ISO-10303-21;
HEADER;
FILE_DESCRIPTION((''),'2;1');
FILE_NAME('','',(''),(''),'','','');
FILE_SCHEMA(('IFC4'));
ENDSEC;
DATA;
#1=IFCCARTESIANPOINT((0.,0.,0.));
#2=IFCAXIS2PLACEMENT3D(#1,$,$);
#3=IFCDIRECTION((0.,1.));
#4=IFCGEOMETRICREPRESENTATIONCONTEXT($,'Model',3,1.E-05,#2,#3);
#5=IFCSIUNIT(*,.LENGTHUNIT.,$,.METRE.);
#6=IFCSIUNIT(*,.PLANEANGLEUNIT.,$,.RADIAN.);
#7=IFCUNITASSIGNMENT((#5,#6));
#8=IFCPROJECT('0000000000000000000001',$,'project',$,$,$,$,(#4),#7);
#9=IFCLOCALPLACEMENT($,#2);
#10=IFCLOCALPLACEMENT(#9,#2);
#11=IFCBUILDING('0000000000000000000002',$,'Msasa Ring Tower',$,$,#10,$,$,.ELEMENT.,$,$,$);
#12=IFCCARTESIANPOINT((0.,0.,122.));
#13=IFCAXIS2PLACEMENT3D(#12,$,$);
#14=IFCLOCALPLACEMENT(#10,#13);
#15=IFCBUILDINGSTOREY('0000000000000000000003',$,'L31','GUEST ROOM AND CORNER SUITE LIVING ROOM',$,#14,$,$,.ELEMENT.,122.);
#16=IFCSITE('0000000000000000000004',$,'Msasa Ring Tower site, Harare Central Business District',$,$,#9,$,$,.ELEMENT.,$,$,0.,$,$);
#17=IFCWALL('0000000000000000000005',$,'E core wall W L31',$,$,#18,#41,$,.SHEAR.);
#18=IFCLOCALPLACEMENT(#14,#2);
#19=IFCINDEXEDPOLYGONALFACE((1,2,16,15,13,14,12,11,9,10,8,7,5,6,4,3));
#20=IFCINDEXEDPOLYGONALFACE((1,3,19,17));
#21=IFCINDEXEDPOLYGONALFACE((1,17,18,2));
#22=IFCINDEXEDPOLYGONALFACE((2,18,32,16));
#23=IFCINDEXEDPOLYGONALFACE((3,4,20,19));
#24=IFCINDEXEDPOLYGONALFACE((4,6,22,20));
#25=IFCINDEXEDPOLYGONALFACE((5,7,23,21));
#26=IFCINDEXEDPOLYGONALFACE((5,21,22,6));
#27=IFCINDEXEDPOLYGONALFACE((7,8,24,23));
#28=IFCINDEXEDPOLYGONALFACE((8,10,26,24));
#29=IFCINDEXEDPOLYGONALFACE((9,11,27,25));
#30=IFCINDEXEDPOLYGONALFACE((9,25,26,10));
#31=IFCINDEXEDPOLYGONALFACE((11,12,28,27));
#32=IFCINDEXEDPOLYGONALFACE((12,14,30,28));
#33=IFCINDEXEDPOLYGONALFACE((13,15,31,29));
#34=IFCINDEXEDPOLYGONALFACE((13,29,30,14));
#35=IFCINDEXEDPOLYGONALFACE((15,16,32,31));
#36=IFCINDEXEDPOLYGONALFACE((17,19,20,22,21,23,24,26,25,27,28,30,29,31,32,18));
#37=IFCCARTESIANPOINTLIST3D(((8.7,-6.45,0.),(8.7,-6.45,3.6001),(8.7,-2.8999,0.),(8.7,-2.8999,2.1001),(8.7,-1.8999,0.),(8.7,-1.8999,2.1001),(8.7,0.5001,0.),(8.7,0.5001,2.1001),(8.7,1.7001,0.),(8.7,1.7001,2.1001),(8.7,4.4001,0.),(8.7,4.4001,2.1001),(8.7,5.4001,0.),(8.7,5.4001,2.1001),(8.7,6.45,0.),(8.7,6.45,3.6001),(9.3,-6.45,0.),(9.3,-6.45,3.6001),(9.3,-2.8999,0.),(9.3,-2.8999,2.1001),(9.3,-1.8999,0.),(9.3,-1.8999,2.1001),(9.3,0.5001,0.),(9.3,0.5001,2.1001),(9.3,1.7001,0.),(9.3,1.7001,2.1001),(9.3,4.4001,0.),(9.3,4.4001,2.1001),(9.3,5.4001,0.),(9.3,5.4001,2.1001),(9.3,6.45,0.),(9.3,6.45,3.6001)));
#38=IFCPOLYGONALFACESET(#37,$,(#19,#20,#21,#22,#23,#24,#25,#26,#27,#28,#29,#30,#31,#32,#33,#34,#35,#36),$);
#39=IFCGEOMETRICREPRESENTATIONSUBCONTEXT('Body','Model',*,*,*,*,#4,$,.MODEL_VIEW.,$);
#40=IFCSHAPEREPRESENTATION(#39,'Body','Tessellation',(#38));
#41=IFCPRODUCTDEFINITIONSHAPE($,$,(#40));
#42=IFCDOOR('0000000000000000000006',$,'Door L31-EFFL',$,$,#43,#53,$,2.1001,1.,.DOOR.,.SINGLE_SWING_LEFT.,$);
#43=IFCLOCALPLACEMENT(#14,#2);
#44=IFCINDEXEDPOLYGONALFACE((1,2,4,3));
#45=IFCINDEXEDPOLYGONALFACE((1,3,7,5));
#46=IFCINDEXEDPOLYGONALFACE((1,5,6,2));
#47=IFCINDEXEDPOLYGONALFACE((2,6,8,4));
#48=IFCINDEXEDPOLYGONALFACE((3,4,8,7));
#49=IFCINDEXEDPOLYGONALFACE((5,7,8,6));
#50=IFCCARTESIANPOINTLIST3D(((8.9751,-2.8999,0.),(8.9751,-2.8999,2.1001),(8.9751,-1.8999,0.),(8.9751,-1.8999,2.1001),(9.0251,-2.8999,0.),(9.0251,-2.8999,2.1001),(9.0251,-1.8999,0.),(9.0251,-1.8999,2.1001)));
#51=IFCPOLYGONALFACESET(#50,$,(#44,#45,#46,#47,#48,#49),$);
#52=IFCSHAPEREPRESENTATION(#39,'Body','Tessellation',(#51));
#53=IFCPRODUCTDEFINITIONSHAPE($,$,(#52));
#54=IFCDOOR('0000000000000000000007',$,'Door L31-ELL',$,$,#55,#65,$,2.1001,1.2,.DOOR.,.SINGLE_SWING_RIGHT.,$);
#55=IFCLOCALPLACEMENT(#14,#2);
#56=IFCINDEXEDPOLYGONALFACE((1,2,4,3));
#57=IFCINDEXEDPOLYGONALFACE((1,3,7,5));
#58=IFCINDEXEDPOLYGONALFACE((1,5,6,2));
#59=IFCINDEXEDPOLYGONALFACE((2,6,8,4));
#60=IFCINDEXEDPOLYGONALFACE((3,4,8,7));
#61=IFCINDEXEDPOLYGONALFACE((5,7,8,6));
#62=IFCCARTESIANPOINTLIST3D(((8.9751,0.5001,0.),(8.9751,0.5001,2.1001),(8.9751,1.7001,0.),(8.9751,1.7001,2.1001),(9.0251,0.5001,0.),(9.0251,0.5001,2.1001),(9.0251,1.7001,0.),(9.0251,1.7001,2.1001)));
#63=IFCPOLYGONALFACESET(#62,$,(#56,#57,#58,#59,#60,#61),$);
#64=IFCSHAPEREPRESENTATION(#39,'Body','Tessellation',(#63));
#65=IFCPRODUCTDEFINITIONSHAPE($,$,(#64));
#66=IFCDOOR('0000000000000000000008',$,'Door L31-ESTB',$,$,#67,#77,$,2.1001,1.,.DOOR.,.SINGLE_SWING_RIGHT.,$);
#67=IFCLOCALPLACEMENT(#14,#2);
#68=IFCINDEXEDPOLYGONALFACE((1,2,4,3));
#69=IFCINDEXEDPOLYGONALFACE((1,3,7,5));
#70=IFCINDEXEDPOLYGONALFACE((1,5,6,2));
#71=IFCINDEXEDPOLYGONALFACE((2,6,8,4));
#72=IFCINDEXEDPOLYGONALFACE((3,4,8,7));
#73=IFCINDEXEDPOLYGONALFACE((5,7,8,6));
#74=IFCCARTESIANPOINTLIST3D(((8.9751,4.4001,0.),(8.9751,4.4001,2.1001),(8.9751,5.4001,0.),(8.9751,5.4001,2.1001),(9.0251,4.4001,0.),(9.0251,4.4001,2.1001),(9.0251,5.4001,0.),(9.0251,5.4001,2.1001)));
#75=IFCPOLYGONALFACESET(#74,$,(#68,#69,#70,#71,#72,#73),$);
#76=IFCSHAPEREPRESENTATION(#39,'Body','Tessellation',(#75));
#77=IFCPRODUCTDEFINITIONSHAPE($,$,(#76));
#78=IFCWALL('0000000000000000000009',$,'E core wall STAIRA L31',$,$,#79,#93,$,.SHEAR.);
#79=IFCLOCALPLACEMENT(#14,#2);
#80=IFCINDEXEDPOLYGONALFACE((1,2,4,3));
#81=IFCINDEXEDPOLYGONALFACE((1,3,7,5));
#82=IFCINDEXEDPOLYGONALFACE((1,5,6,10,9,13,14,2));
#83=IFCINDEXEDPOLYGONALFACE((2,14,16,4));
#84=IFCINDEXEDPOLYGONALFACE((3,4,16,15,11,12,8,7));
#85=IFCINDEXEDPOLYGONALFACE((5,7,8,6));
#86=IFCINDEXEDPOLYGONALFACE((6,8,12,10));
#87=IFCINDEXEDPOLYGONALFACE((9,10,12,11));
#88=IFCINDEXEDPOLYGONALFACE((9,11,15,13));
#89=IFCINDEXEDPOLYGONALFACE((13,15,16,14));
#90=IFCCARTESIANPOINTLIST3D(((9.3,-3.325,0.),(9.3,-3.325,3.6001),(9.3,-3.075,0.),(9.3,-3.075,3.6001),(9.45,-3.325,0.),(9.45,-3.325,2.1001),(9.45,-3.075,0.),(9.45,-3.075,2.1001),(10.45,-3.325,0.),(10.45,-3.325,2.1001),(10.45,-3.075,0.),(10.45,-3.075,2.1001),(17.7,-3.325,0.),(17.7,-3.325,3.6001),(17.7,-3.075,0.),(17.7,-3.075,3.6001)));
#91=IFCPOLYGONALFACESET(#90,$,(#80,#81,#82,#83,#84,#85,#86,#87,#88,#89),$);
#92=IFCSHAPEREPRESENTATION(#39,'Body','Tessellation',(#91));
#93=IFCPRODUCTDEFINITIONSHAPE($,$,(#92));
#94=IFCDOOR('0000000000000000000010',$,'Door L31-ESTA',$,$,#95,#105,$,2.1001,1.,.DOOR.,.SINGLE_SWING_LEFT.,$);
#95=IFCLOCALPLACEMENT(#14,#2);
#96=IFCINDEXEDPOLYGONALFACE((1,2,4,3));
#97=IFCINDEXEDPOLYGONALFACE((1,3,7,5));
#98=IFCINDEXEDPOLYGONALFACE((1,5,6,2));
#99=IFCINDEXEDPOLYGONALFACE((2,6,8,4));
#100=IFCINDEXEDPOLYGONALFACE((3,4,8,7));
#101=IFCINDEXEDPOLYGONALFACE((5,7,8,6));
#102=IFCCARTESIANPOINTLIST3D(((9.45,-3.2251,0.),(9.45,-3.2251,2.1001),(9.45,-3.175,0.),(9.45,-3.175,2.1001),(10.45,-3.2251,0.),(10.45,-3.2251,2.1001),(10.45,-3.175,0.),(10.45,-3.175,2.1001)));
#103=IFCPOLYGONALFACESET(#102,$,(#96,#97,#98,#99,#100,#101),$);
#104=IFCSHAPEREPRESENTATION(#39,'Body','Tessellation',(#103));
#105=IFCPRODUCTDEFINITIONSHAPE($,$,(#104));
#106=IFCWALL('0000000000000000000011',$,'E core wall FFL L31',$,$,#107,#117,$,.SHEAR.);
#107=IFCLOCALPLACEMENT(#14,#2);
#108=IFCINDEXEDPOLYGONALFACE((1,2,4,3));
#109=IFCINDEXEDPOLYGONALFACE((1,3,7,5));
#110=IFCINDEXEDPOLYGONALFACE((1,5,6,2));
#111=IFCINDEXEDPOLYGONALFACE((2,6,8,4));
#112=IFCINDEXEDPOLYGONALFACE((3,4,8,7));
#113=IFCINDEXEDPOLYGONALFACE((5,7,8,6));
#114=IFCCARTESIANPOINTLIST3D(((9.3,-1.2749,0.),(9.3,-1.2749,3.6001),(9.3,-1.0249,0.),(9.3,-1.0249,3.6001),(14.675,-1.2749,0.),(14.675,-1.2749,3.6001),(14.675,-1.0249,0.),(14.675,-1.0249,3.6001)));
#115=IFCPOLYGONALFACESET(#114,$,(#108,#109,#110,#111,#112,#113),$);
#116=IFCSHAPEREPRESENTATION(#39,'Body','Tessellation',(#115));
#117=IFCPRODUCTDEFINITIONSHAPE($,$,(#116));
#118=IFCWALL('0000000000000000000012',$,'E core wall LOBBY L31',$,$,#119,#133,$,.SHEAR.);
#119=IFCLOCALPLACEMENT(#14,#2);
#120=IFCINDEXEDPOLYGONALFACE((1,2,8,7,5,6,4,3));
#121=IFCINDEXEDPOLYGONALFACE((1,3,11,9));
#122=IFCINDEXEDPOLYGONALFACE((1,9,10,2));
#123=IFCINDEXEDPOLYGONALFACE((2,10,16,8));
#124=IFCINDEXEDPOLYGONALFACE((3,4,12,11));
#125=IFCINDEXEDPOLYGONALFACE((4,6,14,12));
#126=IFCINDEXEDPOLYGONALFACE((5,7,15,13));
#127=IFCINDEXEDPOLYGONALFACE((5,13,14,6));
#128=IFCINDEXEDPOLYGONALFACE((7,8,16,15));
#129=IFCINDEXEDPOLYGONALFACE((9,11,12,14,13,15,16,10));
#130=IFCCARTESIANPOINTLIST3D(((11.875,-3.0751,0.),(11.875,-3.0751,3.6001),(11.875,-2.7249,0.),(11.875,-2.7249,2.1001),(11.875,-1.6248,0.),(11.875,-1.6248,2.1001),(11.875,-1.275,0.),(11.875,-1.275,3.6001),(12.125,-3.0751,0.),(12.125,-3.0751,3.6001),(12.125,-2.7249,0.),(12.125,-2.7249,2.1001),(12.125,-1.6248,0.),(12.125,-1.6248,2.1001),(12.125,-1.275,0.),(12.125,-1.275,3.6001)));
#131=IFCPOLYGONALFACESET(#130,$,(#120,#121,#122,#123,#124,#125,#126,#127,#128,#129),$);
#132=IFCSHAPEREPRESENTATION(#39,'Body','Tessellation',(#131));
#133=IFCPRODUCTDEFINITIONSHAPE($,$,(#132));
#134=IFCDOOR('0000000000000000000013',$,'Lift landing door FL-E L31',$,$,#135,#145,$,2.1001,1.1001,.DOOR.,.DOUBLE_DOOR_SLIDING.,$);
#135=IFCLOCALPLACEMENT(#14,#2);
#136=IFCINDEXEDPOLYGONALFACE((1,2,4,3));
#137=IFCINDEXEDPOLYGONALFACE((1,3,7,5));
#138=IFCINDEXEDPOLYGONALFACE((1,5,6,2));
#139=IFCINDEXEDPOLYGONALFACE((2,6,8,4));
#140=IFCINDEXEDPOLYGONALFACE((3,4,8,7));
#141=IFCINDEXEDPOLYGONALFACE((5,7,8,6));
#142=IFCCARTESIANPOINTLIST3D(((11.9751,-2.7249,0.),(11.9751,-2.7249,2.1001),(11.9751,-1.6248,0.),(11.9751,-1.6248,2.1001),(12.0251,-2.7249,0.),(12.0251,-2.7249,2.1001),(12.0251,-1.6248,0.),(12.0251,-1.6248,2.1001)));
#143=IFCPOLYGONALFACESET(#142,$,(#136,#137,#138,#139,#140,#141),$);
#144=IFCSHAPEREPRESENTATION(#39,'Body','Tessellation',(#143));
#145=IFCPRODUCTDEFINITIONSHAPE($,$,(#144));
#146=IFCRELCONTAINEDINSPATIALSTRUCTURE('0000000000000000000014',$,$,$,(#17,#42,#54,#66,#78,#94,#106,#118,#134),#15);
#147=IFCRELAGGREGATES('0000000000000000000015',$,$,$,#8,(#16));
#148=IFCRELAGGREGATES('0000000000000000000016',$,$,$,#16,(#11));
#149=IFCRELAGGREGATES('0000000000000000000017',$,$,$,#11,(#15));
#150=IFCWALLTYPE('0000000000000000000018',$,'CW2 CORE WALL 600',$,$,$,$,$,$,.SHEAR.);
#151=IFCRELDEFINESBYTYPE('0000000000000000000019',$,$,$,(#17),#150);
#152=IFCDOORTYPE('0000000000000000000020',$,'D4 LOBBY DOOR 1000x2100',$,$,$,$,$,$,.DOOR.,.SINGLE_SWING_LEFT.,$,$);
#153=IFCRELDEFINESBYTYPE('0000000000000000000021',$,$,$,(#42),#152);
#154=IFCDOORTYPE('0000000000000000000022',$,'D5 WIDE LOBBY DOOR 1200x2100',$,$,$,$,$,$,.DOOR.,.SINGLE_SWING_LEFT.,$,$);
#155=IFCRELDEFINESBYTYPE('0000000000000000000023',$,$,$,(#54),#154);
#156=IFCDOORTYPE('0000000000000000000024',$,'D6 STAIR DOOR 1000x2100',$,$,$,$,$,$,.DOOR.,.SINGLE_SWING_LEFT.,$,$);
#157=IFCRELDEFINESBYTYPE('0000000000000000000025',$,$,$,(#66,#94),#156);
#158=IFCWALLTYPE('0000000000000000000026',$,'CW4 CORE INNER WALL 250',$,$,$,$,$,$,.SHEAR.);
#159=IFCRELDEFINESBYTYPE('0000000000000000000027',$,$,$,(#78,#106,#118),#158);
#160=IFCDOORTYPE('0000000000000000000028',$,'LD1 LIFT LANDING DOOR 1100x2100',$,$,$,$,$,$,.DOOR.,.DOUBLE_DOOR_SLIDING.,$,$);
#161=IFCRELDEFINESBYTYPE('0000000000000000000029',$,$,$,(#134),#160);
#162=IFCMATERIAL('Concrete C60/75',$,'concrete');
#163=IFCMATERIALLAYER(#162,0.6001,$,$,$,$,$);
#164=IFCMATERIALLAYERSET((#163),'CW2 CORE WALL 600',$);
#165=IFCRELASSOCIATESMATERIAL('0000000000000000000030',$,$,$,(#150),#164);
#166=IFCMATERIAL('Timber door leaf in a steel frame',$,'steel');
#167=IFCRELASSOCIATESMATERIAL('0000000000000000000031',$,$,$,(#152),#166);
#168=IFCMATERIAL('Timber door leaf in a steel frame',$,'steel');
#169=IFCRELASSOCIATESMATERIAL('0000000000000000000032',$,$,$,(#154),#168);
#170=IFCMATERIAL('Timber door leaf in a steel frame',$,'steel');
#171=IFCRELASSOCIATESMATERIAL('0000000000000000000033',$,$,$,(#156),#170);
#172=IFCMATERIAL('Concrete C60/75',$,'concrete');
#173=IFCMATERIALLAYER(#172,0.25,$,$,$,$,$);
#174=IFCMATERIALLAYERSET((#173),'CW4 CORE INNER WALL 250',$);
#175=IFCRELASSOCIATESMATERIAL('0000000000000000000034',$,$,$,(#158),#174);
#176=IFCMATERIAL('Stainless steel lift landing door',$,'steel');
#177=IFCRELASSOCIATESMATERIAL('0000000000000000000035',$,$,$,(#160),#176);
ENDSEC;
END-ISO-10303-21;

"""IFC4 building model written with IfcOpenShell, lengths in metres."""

from ifc_helpers import new_model, si_unit, direction, frame, frame_2d, origin, place, context, subcontext, project, spatial, rectangle, extrude, material, layer, layer_set, type_object, element, fill, save


model = new_model("IFC4")

# Units and contexts
model_context = context("Model", 3, precision=1e-05, world=origin(), true_north=direction((0.0, 1.0)))
body_context = subcontext(model_context, "Body", "Model", "MODEL_VIEW")
ifc_project = project(units=[si_unit("LENGTHUNIT", "METRE"), si_unit("PLANEANGLEUNIT", "RADIAN")], contexts=[model_context])

# Site, building, storey
site_placement = place(None, origin())
site = spatial("IfcSite", under=ifc_project, at=site_placement, Name="Msasa Ring Tower site, Harare Central Business District", CompositionType="ELEMENT", RefElevation=0.0)
building_placement = place(site_placement, origin())
building = spatial("IfcBuilding", under=site, at=building_placement, Name="Msasa Ring Tower", CompositionType="ELEMENT")
storey_placement = place(building_placement, frame((0.0, 0.0, 122.0)))
storey = spatial("IfcBuildingStorey", under=building, at=storey_placement, Name="L31", Description="GUEST ROOM AND CORNER SUITE LIVING ROOM", CompositionType="ELEMENT", Elevation=122.0)

# Shared definitions
ifc_material_1 = material(Name="Concrete C60/75", Category="concrete")
ifc_layer_1 = layer(ifc_material_1, 0.6001)
ifc_layer_set_1 = layer_set([ifc_layer_1], Name="CW2 CORE WALL 600")
wall_type_1 = type_object("IfcWallType", Name="CW2 CORE WALL 600", PredefinedType="SHEAR", material=ifc_layer_set_1)

# Wall, openings, doors
wall_1_placement = place(storey_placement, frame((9.0, -6.45, 0.0), z_axis=(0.0, 0.0, 1.0), x_axis=(0.0, 1.0, 0.0)))
wall_1 = element("IfcWall", 1, at=wall_1_placement, inside=storey, type_object=wall_type_1, Name="E core wall W L31", PredefinedType="SHEAR", context=body_context, shape_type="SweptSolid", body=[
    extrude(rectangle(XDim=12.8999, YDim=0.6001, at=frame_2d((6.45, 0.0))), origin(), (0.0, 0.0, 1.0), 3.6001),
])
opening_1_placement = place(wall_1_placement, frame((3.55, 0.0, 0.0)))
opening_1 = element("IfcOpeningElement", 2, at=opening_1_placement, cuts=wall_1, PredefinedType="OPENING", context=body_context, shape_type="SweptSolid", body=[
    extrude(rectangle(XDim=1.0, YDim=2.1001, at=frame_2d((0.5, 1.05))), frame((0.0, 0.3101, 0.0), z_axis=(0.0, -1.0, 0.0), x_axis=(1.0, 0.0, 0.0)), (0.0, 0.0, 1.0), 0.6201),
])
opening_2_placement = place(wall_1_placement, frame((6.95, 0.0, 0.0)))
opening_2 = element("IfcOpeningElement", 3, at=opening_2_placement, cuts=wall_1, PredefinedType="OPENING", context=body_context, shape_type="SweptSolid", body=[
    extrude(rectangle(XDim=1.2, YDim=2.1001, at=frame_2d((0.6001, 1.05))), frame((0.0, 0.3101, 0.0), z_axis=(0.0, -1.0, 0.0), x_axis=(1.0, 0.0, 0.0)), (0.0, 0.0, 1.0), 0.6201),
])
opening_3_placement = place(wall_1_placement, frame((10.8501, 0.0, 0.0)))
opening_3 = element("IfcOpeningElement", 4, at=opening_3_placement, cuts=wall_1, PredefinedType="OPENING", context=body_context, shape_type="SweptSolid", body=[
    extrude(rectangle(XDim=1.0, YDim=2.1001, at=frame_2d((0.5, 1.05))), frame((0.0, 0.3101, 0.0), z_axis=(0.0, -1.0, 0.0), x_axis=(1.0, 0.0, 0.0)), (0.0, 0.0, 1.0), 0.6201),
])
ifc_material_2 = material(Name="Timber door leaf in a steel frame", Category="steel")
door_type_1 = type_object("IfcDoorType", Name="D4 LOBBY DOOR 1000x2100", OperationType="SINGLE_SWING_LEFT", PredefinedType="DOOR", material=ifc_material_2)
door_1_placement = place(opening_1_placement, origin())
door_1 = element("IfcDoor", 5, at=door_1_placement, inside=storey, type_object=door_type_1, Name="Door L31-EFFL", OperationType="SINGLE_SWING_LEFT", OverallHeight=2.1001, OverallWidth=1.0, PredefinedType="DOOR", context=body_context, shape_type="SweptSolid", body=[
    extrude(rectangle(XDim=1.0, YDim=2.1001, at=frame_2d((0.5, 1.05))), frame((0.0, 0.0249, 0.0), z_axis=(0.0, -1.0, 0.0), x_axis=(1.0, 0.0, 0.0)), (0.0, 0.0, 1.0), 0.05),
])
fill(opening_1, door_1)
ifc_material_3 = material(Name="Timber door leaf in a steel frame", Category="steel")
door_type_2 = type_object("IfcDoorType", Name="D5 WIDE LOBBY DOOR 1200x2100", OperationType="SINGLE_SWING_LEFT", PredefinedType="DOOR", material=ifc_material_3)
door_2_placement = place(opening_2_placement, origin())
door_2 = element("IfcDoor", 6, at=door_2_placement, inside=storey, type_object=door_type_2, Name="Door L31-ELL", OperationType="SINGLE_SWING_RIGHT", OverallHeight=2.1001, OverallWidth=1.2, PredefinedType="DOOR", context=body_context, shape_type="SweptSolid", body=[
    extrude(rectangle(XDim=1.2, YDim=2.1001, at=frame_2d((0.6001, 1.05))), frame((0.0, 0.0249, 0.0), z_axis=(0.0, -1.0, 0.0), x_axis=(1.0, 0.0, 0.0)), (0.0, 0.0, 1.0), 0.05),
])
fill(opening_2, door_2)
ifc_material_4 = material(Name="Timber door leaf in a steel frame", Category="steel")
door_type_3 = type_object("IfcDoorType", Name="D6 STAIR DOOR 1000x2100", OperationType="SINGLE_SWING_LEFT", PredefinedType="DOOR", material=ifc_material_4)
door_3_placement = place(opening_3_placement, origin())
door_3 = element("IfcDoor", 7, at=door_3_placement, inside=storey, type_object=door_type_3, Name="Door L31-ESTB", OperationType="SINGLE_SWING_RIGHT", OverallHeight=2.1001, OverallWidth=1.0, PredefinedType="DOOR", context=body_context, shape_type="SweptSolid", body=[
    extrude(rectangle(XDim=1.0, YDim=2.1001, at=frame_2d((0.5, 1.05))), frame((0.0, 0.0249, 0.0), z_axis=(0.0, -1.0, 0.0), x_axis=(1.0, 0.0, 0.0)), (0.0, 0.0, 1.0), 0.05),
])
fill(opening_3, door_3)

# Wall, opening, door
ifc_material_5 = material(Name="Concrete C60/75", Category="concrete")
ifc_layer_2 = layer(ifc_material_5, 0.25)
ifc_layer_set_2 = layer_set([ifc_layer_2], Name="CW4 CORE INNER WALL 250")
wall_type_2 = type_object("IfcWallType", Name="CW4 CORE INNER WALL 250", PredefinedType="SHEAR", material=ifc_layer_set_2)
wall_2_placement = place(storey_placement, frame((9.3, -3.2, 0.0), z_axis=(0.0, 0.0, 1.0), x_axis=(1.0, 0.0, 0.0)))
wall_2 = element("IfcWall", 8, at=wall_2_placement, inside=storey, type_object=wall_type_2, Name="E core wall STAIRA L31", PredefinedType="SHEAR", context=body_context, shape_type="SweptSolid", body=[
    extrude(rectangle(XDim=8.3999, YDim=0.25, at=frame_2d((4.2, 0.0))), origin(), (0.0, 0.0, 1.0), 3.6001),
])
opening_4_placement = place(wall_2_placement, frame((0.1499, 0.0, 0.0)))
opening_4 = element("IfcOpeningElement", 9, at=opening_4_placement, cuts=wall_2, PredefinedType="OPENING", context=body_context, shape_type="SweptSolid", body=[
    extrude(rectangle(XDim=1.0, YDim=2.1001, at=frame_2d((0.5, 1.05))), frame((0.0, 0.135, 0.0), z_axis=(0.0, -1.0, 0.0), x_axis=(1.0, 0.0, 0.0)), (0.0, 0.0, 1.0), 0.27),
])
door_4_placement = place(opening_4_placement, origin())
door_4 = element("IfcDoor", 10, at=door_4_placement, inside=storey, type_object=door_type_3, Name="Door L31-ESTA", OperationType="SINGLE_SWING_LEFT", OverallHeight=2.1001, OverallWidth=1.0, PredefinedType="DOOR", context=body_context, shape_type="SweptSolid", body=[
    extrude(rectangle(XDim=1.0, YDim=2.1001, at=frame_2d((0.5, 1.05))), frame((0.0, 0.0249, 0.0), z_axis=(0.0, -1.0, 0.0), x_axis=(1.0, 0.0, 0.0)), (0.0, 0.0, 1.0), 0.05),
])
fill(opening_4, door_4)

# Wall
wall_3_placement = place(storey_placement, frame((9.3, -1.1499, 0.0), z_axis=(0.0, 0.0, 1.0), x_axis=(1.0, 0.0, 0.0)))
element("IfcWall", 11, at=wall_3_placement, inside=storey, type_object=wall_type_2, Name="E core wall FFL L31", PredefinedType="SHEAR", context=body_context, shape_type="SweptSolid", body=[
    extrude(rectangle(XDim=5.375, YDim=0.25, at=frame_2d((2.6875, 0.0))), origin(), (0.0, 0.0, 1.0), 3.6001),
])

# Wall, opening, door
wall_4_placement = place(storey_placement, frame((12.0, -3.075, 0.0), z_axis=(0.0, 0.0, 1.0), x_axis=(0.0, 1.0, 0.0)))
wall_4 = element("IfcWall", 12, at=wall_4_placement, inside=storey, type_object=wall_type_2, Name="E core wall LOBBY L31", PredefinedType="SHEAR", context=body_context, shape_type="SweptSolid", body=[
    extrude(rectangle(XDim=1.8, YDim=0.25, at=frame_2d((0.8999, 0.0))), origin(), (0.0, 0.0, 1.0), 3.6001),
])
opening_5_placement = place(wall_4_placement, frame((0.3501, 0.0, 0.0)))
opening_5 = element("IfcOpeningElement", 13, at=opening_5_placement, cuts=wall_4, PredefinedType="OPENING", context=body_context, shape_type="SweptSolid", body=[
    extrude(rectangle(XDim=1.1001, YDim=2.1001, at=frame_2d((0.55, 1.05))), frame((0.0, 0.135, 0.0), z_axis=(0.0, -1.0, 0.0), x_axis=(1.0, 0.0, 0.0)), (0.0, 0.0, 1.0), 0.27),
])
ifc_material_6 = material(Name="Stainless steel lift landing door", Category="steel")
door_type_4 = type_object("IfcDoorType", Name="LD1 LIFT LANDING DOOR 1100x2100", OperationType="DOUBLE_DOOR_SLIDING", PredefinedType="DOOR", material=ifc_material_6)
door_5_placement = place(opening_5_placement, origin())
door_5 = element("IfcDoor", 14, at=door_5_placement, inside=storey, type_object=door_type_4, Name="Lift landing door FL-E L31", OperationType="DOUBLE_DOOR_SLIDING", OverallHeight=2.1001, OverallWidth=1.1001, PredefinedType="DOOR", context=body_context, shape_type="SweptSolid", body=[
    extrude(rectangle(XDim=1.1001, YDim=2.1001, at=frame_2d((0.55, 1.05))), frame((0.0, 0.0249, 0.0), z_axis=(0.0, -1.0, 0.0), x_axis=(1.0, 0.0, 0.0)), (0.0, 0.0, 1.0), 0.05),
])
fill(opening_5, door_5)

save(model, "model.ifc")
